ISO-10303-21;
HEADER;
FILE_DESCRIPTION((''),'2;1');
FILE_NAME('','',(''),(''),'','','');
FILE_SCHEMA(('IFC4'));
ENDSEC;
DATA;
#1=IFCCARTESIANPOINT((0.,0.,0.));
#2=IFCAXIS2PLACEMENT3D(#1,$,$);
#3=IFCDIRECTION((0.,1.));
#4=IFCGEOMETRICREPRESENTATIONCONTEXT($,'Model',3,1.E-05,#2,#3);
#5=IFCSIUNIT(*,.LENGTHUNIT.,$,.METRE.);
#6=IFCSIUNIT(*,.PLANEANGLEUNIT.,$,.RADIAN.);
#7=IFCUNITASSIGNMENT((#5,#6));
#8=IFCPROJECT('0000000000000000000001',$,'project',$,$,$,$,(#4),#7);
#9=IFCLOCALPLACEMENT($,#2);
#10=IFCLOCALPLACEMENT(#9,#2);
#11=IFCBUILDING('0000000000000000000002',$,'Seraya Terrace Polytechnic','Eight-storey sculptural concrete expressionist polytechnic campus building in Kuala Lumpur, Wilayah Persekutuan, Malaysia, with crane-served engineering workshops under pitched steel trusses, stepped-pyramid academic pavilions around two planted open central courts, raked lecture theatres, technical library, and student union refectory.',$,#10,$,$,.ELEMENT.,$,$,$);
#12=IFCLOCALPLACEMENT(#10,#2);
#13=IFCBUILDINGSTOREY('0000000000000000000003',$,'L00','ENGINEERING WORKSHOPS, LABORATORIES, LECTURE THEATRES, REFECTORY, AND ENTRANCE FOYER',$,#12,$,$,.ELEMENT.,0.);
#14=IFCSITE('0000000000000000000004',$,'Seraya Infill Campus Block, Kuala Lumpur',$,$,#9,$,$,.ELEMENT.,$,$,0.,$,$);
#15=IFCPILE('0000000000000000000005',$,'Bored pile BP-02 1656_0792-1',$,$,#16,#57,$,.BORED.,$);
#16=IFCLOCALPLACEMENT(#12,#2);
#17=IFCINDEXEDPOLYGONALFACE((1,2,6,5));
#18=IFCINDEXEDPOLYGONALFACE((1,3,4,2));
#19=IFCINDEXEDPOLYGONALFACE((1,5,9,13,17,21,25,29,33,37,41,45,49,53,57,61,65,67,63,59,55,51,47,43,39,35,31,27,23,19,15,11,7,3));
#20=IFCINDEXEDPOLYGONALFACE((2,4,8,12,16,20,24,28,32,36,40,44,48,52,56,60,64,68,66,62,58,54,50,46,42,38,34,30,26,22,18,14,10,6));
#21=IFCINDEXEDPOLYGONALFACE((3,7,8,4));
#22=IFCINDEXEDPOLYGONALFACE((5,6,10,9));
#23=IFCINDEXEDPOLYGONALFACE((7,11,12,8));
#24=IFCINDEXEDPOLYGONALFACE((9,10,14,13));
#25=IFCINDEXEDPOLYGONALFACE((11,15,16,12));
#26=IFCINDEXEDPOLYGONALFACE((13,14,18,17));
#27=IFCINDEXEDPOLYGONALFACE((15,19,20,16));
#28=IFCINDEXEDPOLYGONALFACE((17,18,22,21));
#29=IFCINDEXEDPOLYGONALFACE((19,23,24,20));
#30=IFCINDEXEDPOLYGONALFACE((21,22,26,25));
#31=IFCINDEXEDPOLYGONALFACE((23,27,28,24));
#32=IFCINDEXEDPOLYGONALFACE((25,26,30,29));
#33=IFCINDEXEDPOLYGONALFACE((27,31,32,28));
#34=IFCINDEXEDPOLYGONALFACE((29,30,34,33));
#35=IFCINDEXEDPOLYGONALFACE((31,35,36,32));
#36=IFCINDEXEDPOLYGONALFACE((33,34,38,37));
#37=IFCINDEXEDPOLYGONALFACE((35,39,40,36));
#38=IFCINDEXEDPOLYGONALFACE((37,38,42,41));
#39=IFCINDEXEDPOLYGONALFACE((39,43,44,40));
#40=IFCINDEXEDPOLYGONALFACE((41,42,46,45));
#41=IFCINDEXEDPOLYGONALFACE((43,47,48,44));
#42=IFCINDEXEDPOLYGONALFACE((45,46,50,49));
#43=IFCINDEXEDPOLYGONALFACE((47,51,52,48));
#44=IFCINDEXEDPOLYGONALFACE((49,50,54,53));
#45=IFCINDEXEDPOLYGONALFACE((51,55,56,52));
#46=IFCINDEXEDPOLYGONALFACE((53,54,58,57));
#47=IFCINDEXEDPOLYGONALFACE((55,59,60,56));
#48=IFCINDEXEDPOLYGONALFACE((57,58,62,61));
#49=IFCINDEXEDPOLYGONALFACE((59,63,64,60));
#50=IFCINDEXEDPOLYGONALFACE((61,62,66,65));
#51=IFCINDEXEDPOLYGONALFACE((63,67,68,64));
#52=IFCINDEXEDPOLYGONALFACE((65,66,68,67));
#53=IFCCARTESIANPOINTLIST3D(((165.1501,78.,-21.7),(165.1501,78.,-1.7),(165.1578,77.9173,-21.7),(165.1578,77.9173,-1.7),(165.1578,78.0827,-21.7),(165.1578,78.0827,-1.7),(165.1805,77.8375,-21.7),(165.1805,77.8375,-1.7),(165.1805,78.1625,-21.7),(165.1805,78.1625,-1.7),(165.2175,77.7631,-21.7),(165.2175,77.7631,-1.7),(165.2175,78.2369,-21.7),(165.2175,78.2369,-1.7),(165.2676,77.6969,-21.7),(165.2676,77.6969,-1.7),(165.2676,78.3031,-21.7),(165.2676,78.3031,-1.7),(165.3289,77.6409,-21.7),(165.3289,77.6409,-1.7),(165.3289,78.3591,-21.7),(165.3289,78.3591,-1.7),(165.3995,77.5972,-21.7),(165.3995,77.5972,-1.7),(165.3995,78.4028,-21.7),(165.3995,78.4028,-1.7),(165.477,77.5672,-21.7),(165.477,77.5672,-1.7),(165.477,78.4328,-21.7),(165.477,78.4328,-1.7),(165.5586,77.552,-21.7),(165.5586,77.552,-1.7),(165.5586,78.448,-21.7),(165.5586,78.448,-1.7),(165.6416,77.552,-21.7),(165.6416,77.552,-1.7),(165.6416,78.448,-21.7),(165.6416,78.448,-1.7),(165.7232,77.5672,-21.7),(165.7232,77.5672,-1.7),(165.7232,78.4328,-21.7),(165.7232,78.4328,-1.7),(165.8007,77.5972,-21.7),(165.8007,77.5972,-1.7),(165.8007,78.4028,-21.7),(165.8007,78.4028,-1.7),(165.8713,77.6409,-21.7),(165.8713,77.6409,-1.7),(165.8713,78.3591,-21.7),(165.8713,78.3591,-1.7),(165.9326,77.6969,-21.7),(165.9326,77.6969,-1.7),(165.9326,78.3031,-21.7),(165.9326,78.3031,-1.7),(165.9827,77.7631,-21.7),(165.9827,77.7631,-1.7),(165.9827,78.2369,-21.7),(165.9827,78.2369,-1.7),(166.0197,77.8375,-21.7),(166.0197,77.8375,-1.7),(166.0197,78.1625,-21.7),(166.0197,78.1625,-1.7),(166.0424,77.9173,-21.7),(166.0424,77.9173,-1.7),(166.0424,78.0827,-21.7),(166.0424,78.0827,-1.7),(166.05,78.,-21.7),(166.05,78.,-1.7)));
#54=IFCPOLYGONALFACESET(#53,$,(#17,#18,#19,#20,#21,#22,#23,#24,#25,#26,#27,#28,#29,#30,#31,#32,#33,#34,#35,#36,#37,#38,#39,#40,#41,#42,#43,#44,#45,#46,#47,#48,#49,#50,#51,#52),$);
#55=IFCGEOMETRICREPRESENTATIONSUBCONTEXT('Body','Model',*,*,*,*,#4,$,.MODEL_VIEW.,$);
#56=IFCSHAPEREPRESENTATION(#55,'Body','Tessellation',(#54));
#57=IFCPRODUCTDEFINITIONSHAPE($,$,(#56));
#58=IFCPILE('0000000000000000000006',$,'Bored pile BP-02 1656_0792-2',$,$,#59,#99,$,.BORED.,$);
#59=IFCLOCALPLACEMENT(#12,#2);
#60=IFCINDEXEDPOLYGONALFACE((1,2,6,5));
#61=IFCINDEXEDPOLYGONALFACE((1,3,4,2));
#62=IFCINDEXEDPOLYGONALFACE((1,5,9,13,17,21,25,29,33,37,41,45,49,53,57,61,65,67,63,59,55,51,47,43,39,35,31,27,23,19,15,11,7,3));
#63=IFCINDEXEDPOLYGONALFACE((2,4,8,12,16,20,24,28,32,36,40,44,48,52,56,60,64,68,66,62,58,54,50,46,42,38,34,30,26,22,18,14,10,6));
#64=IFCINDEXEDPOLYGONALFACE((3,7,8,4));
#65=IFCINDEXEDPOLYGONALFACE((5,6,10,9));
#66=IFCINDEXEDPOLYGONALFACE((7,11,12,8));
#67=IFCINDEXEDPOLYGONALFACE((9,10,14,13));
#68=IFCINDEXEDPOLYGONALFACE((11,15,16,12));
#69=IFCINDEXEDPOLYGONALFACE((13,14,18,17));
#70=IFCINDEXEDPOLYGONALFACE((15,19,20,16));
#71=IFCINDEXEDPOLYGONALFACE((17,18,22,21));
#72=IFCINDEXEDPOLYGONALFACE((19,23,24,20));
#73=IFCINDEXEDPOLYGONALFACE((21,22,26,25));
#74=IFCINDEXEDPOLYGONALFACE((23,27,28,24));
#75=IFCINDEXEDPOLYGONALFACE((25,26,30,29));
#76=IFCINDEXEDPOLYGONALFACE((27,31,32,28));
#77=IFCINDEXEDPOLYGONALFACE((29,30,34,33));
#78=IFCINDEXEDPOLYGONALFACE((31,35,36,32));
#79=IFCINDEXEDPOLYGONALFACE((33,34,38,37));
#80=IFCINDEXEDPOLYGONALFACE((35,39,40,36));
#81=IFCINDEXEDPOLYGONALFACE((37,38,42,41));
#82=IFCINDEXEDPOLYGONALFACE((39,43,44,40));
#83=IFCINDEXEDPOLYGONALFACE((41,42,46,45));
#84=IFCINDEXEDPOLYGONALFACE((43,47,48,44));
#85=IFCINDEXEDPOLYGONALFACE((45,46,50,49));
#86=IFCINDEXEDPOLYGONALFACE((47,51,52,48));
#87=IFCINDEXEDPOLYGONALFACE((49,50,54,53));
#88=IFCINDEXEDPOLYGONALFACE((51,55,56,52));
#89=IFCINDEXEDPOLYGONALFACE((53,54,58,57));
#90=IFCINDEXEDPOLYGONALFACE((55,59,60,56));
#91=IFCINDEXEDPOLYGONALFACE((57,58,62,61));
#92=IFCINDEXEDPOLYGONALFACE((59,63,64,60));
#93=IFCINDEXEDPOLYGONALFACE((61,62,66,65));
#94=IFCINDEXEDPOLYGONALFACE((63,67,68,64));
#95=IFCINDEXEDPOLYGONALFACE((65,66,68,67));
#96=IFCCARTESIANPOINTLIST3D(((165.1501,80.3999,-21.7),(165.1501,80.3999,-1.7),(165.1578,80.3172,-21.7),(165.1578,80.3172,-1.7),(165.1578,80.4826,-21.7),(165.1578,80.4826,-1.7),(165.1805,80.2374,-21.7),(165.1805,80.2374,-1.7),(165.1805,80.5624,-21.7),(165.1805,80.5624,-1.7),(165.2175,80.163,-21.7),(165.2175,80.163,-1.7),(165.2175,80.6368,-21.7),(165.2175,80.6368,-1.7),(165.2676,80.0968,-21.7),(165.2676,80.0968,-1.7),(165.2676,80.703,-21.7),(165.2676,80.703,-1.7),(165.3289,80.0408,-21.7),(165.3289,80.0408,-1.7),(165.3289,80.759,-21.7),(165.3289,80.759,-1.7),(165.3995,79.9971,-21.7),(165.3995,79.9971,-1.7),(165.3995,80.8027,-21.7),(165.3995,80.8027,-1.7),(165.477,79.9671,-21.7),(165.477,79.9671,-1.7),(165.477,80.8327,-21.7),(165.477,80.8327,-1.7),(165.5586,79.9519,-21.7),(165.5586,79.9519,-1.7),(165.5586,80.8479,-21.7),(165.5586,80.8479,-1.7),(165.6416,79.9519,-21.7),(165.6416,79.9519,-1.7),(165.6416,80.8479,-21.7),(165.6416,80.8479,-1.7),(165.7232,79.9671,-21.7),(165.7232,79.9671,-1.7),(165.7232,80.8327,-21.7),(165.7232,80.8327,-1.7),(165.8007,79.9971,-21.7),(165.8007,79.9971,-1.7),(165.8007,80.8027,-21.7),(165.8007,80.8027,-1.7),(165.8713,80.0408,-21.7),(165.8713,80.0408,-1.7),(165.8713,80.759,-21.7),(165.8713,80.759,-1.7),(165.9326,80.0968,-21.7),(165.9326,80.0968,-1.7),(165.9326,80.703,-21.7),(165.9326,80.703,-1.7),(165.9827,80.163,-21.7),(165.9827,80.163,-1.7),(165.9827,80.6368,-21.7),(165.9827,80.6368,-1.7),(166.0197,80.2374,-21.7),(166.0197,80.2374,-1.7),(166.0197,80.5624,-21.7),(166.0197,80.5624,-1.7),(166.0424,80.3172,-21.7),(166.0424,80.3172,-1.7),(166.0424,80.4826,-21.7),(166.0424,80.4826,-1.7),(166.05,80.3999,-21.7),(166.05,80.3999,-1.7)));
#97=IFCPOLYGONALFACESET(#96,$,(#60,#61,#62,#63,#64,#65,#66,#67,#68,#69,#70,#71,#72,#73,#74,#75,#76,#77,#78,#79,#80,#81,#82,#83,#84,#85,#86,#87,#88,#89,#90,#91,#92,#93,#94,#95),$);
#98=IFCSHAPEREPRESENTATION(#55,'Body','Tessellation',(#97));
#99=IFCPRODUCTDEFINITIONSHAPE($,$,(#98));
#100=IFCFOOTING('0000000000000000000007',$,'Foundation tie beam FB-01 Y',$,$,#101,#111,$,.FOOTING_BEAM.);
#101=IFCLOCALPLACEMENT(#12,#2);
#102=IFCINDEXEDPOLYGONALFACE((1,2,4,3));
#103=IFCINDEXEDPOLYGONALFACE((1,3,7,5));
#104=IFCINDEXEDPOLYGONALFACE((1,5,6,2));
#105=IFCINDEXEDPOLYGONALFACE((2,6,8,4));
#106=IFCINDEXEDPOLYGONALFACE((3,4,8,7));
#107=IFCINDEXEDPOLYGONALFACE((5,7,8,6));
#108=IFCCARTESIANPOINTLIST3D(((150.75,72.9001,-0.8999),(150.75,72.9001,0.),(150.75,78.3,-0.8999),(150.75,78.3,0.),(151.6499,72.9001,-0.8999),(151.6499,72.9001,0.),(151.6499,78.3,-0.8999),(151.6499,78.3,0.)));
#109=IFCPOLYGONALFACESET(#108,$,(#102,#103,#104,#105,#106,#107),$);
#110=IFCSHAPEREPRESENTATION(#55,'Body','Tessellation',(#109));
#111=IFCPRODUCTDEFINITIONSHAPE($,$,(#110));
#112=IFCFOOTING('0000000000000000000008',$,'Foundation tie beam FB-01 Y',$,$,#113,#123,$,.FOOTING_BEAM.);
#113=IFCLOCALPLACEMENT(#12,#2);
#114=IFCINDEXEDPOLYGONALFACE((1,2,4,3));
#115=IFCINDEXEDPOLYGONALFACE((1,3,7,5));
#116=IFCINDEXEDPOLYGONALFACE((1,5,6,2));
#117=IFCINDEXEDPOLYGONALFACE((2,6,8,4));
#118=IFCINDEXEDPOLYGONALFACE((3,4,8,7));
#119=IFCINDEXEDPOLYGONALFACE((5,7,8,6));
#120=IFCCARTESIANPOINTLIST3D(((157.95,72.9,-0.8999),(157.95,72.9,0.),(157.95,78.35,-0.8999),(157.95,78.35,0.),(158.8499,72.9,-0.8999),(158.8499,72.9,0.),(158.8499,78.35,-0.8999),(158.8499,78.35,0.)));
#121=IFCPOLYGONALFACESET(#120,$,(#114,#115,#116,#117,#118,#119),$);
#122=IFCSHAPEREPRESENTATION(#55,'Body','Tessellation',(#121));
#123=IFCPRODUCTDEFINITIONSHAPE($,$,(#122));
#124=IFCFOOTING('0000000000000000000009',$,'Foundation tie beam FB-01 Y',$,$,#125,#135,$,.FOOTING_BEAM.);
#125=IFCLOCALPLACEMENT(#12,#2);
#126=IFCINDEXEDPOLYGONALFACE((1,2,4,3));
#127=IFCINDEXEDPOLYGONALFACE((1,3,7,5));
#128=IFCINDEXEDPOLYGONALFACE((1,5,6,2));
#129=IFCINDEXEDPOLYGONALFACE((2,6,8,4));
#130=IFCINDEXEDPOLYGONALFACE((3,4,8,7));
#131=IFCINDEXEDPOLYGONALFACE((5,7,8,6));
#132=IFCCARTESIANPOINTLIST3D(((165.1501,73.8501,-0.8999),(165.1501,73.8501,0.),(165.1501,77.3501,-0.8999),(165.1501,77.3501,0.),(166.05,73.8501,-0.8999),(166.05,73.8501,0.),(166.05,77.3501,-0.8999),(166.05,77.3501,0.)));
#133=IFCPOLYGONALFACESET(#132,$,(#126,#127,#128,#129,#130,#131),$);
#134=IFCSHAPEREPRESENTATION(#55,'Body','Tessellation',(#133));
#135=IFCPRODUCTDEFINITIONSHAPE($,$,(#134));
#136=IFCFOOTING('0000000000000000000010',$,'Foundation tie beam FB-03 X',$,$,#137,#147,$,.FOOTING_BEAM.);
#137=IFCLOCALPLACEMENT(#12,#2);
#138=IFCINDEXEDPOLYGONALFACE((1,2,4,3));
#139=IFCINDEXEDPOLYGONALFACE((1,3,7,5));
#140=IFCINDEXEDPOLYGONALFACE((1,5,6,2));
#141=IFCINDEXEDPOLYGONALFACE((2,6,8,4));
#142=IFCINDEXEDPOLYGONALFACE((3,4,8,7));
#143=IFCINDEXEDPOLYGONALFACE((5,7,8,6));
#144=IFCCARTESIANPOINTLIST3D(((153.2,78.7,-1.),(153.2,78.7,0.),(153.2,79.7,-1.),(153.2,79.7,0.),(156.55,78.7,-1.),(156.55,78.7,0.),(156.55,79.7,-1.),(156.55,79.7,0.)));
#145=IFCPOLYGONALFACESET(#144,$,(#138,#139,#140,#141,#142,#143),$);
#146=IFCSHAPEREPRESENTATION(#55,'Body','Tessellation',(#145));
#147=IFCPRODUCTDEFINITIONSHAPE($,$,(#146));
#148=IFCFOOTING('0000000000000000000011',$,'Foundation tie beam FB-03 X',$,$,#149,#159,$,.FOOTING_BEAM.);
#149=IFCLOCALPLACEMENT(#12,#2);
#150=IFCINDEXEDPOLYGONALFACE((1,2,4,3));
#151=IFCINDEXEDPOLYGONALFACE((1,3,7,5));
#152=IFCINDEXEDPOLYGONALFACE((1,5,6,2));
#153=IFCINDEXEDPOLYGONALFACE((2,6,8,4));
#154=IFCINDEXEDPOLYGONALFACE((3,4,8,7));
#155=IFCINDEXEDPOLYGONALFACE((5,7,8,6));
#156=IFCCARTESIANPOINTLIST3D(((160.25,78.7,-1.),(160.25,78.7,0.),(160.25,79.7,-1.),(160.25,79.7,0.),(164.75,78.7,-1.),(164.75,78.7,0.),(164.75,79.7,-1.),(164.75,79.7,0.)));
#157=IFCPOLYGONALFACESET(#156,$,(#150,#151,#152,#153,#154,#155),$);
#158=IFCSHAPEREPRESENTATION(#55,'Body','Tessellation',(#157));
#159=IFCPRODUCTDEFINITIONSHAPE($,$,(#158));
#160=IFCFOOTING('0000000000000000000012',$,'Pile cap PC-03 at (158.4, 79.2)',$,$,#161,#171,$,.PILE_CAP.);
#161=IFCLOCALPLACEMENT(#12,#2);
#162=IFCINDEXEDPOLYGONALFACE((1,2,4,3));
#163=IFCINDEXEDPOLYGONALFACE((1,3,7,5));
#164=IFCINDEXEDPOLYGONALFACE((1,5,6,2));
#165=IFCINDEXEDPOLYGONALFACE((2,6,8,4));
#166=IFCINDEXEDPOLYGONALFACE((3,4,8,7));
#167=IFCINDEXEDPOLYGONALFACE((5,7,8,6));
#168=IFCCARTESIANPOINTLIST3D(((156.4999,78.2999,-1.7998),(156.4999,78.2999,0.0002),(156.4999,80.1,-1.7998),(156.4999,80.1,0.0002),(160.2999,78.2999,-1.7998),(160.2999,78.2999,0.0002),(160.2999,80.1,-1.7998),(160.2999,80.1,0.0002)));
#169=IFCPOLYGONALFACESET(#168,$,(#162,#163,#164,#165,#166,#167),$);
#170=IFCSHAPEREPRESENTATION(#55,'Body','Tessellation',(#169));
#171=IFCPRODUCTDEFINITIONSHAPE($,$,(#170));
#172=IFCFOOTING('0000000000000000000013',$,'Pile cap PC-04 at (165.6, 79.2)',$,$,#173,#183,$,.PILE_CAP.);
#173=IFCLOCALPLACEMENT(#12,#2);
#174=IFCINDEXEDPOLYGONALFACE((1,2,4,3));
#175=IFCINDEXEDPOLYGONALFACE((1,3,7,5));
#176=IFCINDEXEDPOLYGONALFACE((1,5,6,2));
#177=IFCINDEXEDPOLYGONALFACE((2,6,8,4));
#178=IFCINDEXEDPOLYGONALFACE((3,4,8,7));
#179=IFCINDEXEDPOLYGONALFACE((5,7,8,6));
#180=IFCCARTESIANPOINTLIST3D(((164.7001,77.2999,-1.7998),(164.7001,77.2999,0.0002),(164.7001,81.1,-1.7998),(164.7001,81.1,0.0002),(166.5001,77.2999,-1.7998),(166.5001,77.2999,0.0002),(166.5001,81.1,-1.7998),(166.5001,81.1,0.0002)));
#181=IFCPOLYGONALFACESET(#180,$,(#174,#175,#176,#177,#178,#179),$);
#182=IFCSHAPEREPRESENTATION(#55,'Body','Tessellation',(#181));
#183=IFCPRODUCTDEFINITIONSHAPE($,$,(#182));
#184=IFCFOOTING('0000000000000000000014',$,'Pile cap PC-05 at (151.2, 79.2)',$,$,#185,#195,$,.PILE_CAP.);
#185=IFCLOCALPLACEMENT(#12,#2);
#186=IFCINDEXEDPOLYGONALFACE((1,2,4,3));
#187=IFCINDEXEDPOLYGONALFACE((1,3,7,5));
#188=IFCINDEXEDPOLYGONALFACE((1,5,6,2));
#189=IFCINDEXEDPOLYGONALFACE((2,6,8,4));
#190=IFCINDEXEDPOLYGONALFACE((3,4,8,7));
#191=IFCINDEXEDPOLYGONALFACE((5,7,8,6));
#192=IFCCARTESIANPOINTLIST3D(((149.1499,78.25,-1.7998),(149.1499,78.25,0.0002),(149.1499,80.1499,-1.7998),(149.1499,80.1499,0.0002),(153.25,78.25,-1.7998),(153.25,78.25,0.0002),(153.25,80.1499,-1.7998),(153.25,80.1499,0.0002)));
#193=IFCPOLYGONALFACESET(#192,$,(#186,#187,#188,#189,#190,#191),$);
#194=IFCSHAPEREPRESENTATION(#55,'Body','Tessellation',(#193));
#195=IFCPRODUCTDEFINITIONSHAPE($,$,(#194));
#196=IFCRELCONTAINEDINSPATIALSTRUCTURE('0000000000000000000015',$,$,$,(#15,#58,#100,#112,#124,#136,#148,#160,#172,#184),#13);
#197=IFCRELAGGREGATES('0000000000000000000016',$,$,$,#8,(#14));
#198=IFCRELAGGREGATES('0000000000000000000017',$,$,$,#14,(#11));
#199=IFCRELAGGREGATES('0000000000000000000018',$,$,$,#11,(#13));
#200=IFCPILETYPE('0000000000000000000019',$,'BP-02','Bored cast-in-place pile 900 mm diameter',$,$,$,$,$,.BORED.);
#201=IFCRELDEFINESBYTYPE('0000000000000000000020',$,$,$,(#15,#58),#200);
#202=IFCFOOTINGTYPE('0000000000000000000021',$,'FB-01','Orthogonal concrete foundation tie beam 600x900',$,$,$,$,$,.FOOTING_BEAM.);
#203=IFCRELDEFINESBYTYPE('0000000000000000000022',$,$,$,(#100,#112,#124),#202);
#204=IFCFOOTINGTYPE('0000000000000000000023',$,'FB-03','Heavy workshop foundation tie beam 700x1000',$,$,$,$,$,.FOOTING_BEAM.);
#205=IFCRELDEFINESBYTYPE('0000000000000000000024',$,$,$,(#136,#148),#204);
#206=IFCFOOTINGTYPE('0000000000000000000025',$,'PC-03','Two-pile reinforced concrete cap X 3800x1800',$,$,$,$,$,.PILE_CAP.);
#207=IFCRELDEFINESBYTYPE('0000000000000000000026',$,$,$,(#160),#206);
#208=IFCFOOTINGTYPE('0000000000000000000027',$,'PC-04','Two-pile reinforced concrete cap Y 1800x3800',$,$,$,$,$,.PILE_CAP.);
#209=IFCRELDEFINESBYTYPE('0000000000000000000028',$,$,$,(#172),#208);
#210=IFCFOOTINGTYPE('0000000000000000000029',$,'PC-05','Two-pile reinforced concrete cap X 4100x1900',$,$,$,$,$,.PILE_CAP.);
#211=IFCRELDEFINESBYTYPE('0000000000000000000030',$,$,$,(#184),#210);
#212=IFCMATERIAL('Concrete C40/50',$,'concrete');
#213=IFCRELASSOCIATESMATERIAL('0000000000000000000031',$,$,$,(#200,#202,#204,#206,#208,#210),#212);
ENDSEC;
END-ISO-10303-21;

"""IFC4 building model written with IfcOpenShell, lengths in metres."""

from ifc_helpers import new_model, si_unit, direction, frame, origin, origin_2d, place, context, subcontext, project, spatial, rectangle, circle, extrude, material, material_profile, profile_set, type_object, element, save


model = new_model("IFC4")

# Units and contexts
model_context = context("Model", 3, precision=1e-05, world=origin(), true_north=direction((0.0, 1.0)))
body_context = subcontext(model_context, "Body", "Model", "MODEL_VIEW")
ifc_project = project(units=[si_unit("LENGTHUNIT", "METRE"), si_unit("PLANEANGLEUNIT", "RADIAN")], contexts=[model_context])

# Site, building, storey
site_placement = place(None, origin())
site = spatial("IfcSite", under=ifc_project, at=site_placement, Name="Seraya Infill Campus Block, Kuala Lumpur", CompositionType="ELEMENT", RefElevation=0.0)
building_placement = place(site_placement, origin())
building = spatial("IfcBuilding", under=site, at=building_placement, Name="Seraya Terrace Polytechnic", Description="Eight-storey sculptural concrete expressionist polytechnic campus building in Kuala Lumpur, Wilayah Persekutuan, Malaysia, with crane-served engineering workshops under pitched steel trusses, stepped-pyramid academic pavilions around two planted open central courts, raked lecture theatres, technical library, and student union refectory.", CompositionType="ELEMENT")
storey_placement = place(building_placement, origin())
storey = spatial("IfcBuildingStorey", under=building, at=storey_placement, Name="L00", Description="ENGINEERING WORKSHOPS, LABORATORIES, LECTURE THEATRES, REFECTORY, AND ENTRANCE FOYER", CompositionType="ELEMENT", Elevation=0.0)

# Piles
ifc_material_1 = material(Name="Concrete C40/50", Category="concrete")
ifc_material_profile_1 = material_profile(ifc_material_1, circle(Radius=0.45, at=origin_2d()), Name="DIA 900")
ifc_profile_set_1 = profile_set([ifc_material_profile_1], Name="Concrete C40/50")
pile_type = type_object("IfcPileType", Name="BP-02", Description="Bored cast-in-place pile 900 mm diameter", PredefinedType="BORED", material=ifc_profile_set_1)
for number, where, z_axis, x_axis, name in (
    (1, (165.6001, 78.0, -1.7), (0.0, 0.0, -1.0), (1.0, 0.0, 0.0), "Bored pile BP-02 1656_0792-1"),
    (2, (165.6001, 80.3999, -1.7), (0.0, 0.0, -1.0), (1.0, 0.0, 0.0), "Bored pile BP-02 1656_0792-2"),
):
    element("IfcPile", number, at=place(storey_placement, frame(where, z_axis=z_axis, x_axis=x_axis)), inside=storey, type_object=pile_type, Name=name, PredefinedType="BORED", context=body_context, shape_type="SweptSolid", body=[
        extrude(circle(Radius=0.45, at=origin_2d()), origin(), (0.0, 0.0, 1.0), 20.0),
    ])

# Footings
footing_type_1 = type_object("IfcFootingType", Name="FB-01", Description="Orthogonal concrete foundation tie beam 600x900", PredefinedType="FOOTING_BEAM", material=ifc_material_1)
footing_1_placement = place(storey_placement, frame((151.2, 75.6001, -0.8999), z_axis=(0.0, 0.0, 1.0), x_axis=(0.0, 1.0, 0.0)))
element("IfcFooting", 3, at=footing_1_placement, inside=storey, type_object=footing_type_1, Name="Foundation tie beam FB-01 Y", PredefinedType="FOOTING_BEAM", context=body_context, shape_type="SweptSolid", body=[
    extrude(rectangle(XDim=5.3999, YDim=0.8999, at=origin_2d()), origin(), (0.0, 0.0, 1.0), 0.8999),
])
footing_2_placement = place(storey_placement, frame((158.3999, 75.625, -0.8999), z_axis=(0.0, 0.0, 1.0), x_axis=(0.0, 1.0, 0.0)))
element("IfcFooting", 4, at=footing_2_placement, inside=storey, type_object=footing_type_1, Name="Foundation tie beam FB-01 Y", PredefinedType="FOOTING_BEAM", context=body_context, shape_type="SweptSolid", body=[
    extrude(rectangle(XDim=5.45, YDim=0.8999, at=origin_2d()), origin(), (0.0, 0.0, 1.0), 0.8999),
])
footing_3_placement = place(storey_placement, frame((165.6001, 75.6001, -0.8999), z_axis=(0.0, 0.0, 1.0), x_axis=(0.0, 1.0, 0.0)))
element("IfcFooting", 5, at=footing_3_placement, inside=storey, type_object=footing_type_1, Name="Foundation tie beam FB-01 Y", PredefinedType="FOOTING_BEAM", context=body_context, shape_type="SweptSolid", body=[
    extrude(rectangle(XDim=3.5, YDim=0.8999, at=origin_2d()), origin(), (0.0, 0.0, 1.0), 0.8999),
])
footing_type_2 = type_object("IfcFootingType", Name="FB-03", Description="Heavy workshop foundation tie beam 700x1000", PredefinedType="FOOTING_BEAM", material=ifc_material_1)
footing_4_placement = place(storey_placement, frame((154.875, 79.2, -1.0), z_axis=(0.0, 0.0, 1.0), x_axis=(1.0, 0.0, 0.0)))
element("IfcFooting", 6, at=footing_4_placement, inside=storey, type_object=footing_type_2, Name="Foundation tie beam FB-03 X", PredefinedType="FOOTING_BEAM", context=body_context, shape_type="SweptSolid", body=[
    extrude(rectangle(XDim=3.3501, YDim=1.0, at=origin_2d()), origin(), (0.0, 0.0, 1.0), 1.0),
])
footing_5_placement = place(storey_placement, frame((162.5, 79.2, -1.0), z_axis=(0.0, 0.0, 1.0), x_axis=(1.0, 0.0, 0.0)))
element("IfcFooting", 7, at=footing_5_placement, inside=storey, type_object=footing_type_2, Name="Foundation tie beam FB-03 X", PredefinedType="FOOTING_BEAM", context=body_context, shape_type="SweptSolid", body=[
    extrude(rectangle(XDim=4.5, YDim=1.0, at=origin_2d()), origin(), (0.0, 0.0, 1.0), 1.0),
])
footing_type_3 = type_object("IfcFootingType", Name="PC-03", Description="Two-pile reinforced concrete cap X 3800x1800", PredefinedType="PILE_CAP", material=ifc_material_1)
footing_6_placement = place(storey_placement, frame((158.3999, 79.2, -1.7998), z_axis=(0.0, 0.0, 1.0), x_axis=(1.0, 0.0, 0.0)))
element("IfcFooting", 8, at=footing_6_placement, inside=storey, type_object=footing_type_3, Name="Pile cap PC-03 at (158.4, 79.2)", PredefinedType="PILE_CAP", context=body_context, shape_type="SweptSolid", body=[
    extrude(rectangle(XDim=3.8, YDim=1.8, at=origin_2d()), origin(), (0.0, 0.0, 1.0), 1.8),
])
footing_type_4 = type_object("IfcFootingType", Name="PC-04", Description="Two-pile reinforced concrete cap Y 1800x3800", PredefinedType="PILE_CAP", material=ifc_material_1)
footing_7_placement = place(storey_placement, frame((165.6001, 79.2, -1.7998), z_axis=(0.0, 0.0, 1.0), x_axis=(1.0, 0.0, 0.0)))
element("IfcFooting", 9, at=footing_7_placement, inside=storey, type_object=footing_type_4, Name="Pile cap PC-04 at (165.6, 79.2)", PredefinedType="PILE_CAP", context=body_context, shape_type="SweptSolid", body=[
    extrude(rectangle(XDim=1.8, YDim=3.8, at=origin_2d()), origin(), (0.0, 0.0, 1.0), 1.8),
])
footing_type_5 = type_object("IfcFootingType", Name="PC-05", Description="Two-pile reinforced concrete cap X 4100x1900", PredefinedType="PILE_CAP", material=ifc_material_1)
footing_8_placement = place(storey_placement, frame((151.2, 79.2, -1.7998), z_axis=(0.0, 0.0, 1.0), x_axis=(1.0, 0.0, 0.0)))
element("IfcFooting", 10, at=footing_8_placement, inside=storey, type_object=footing_type_5, Name="Pile cap PC-05 at (151.2, 79.2)", PredefinedType="PILE_CAP", context=body_context, shape_type="SweptSolid", body=[
    extrude(rectangle(XDim=4.1001, YDim=1.8999, at=origin_2d()), origin(), (0.0, 0.0, 1.0), 1.8),
])

save(model, "model.ifc")
